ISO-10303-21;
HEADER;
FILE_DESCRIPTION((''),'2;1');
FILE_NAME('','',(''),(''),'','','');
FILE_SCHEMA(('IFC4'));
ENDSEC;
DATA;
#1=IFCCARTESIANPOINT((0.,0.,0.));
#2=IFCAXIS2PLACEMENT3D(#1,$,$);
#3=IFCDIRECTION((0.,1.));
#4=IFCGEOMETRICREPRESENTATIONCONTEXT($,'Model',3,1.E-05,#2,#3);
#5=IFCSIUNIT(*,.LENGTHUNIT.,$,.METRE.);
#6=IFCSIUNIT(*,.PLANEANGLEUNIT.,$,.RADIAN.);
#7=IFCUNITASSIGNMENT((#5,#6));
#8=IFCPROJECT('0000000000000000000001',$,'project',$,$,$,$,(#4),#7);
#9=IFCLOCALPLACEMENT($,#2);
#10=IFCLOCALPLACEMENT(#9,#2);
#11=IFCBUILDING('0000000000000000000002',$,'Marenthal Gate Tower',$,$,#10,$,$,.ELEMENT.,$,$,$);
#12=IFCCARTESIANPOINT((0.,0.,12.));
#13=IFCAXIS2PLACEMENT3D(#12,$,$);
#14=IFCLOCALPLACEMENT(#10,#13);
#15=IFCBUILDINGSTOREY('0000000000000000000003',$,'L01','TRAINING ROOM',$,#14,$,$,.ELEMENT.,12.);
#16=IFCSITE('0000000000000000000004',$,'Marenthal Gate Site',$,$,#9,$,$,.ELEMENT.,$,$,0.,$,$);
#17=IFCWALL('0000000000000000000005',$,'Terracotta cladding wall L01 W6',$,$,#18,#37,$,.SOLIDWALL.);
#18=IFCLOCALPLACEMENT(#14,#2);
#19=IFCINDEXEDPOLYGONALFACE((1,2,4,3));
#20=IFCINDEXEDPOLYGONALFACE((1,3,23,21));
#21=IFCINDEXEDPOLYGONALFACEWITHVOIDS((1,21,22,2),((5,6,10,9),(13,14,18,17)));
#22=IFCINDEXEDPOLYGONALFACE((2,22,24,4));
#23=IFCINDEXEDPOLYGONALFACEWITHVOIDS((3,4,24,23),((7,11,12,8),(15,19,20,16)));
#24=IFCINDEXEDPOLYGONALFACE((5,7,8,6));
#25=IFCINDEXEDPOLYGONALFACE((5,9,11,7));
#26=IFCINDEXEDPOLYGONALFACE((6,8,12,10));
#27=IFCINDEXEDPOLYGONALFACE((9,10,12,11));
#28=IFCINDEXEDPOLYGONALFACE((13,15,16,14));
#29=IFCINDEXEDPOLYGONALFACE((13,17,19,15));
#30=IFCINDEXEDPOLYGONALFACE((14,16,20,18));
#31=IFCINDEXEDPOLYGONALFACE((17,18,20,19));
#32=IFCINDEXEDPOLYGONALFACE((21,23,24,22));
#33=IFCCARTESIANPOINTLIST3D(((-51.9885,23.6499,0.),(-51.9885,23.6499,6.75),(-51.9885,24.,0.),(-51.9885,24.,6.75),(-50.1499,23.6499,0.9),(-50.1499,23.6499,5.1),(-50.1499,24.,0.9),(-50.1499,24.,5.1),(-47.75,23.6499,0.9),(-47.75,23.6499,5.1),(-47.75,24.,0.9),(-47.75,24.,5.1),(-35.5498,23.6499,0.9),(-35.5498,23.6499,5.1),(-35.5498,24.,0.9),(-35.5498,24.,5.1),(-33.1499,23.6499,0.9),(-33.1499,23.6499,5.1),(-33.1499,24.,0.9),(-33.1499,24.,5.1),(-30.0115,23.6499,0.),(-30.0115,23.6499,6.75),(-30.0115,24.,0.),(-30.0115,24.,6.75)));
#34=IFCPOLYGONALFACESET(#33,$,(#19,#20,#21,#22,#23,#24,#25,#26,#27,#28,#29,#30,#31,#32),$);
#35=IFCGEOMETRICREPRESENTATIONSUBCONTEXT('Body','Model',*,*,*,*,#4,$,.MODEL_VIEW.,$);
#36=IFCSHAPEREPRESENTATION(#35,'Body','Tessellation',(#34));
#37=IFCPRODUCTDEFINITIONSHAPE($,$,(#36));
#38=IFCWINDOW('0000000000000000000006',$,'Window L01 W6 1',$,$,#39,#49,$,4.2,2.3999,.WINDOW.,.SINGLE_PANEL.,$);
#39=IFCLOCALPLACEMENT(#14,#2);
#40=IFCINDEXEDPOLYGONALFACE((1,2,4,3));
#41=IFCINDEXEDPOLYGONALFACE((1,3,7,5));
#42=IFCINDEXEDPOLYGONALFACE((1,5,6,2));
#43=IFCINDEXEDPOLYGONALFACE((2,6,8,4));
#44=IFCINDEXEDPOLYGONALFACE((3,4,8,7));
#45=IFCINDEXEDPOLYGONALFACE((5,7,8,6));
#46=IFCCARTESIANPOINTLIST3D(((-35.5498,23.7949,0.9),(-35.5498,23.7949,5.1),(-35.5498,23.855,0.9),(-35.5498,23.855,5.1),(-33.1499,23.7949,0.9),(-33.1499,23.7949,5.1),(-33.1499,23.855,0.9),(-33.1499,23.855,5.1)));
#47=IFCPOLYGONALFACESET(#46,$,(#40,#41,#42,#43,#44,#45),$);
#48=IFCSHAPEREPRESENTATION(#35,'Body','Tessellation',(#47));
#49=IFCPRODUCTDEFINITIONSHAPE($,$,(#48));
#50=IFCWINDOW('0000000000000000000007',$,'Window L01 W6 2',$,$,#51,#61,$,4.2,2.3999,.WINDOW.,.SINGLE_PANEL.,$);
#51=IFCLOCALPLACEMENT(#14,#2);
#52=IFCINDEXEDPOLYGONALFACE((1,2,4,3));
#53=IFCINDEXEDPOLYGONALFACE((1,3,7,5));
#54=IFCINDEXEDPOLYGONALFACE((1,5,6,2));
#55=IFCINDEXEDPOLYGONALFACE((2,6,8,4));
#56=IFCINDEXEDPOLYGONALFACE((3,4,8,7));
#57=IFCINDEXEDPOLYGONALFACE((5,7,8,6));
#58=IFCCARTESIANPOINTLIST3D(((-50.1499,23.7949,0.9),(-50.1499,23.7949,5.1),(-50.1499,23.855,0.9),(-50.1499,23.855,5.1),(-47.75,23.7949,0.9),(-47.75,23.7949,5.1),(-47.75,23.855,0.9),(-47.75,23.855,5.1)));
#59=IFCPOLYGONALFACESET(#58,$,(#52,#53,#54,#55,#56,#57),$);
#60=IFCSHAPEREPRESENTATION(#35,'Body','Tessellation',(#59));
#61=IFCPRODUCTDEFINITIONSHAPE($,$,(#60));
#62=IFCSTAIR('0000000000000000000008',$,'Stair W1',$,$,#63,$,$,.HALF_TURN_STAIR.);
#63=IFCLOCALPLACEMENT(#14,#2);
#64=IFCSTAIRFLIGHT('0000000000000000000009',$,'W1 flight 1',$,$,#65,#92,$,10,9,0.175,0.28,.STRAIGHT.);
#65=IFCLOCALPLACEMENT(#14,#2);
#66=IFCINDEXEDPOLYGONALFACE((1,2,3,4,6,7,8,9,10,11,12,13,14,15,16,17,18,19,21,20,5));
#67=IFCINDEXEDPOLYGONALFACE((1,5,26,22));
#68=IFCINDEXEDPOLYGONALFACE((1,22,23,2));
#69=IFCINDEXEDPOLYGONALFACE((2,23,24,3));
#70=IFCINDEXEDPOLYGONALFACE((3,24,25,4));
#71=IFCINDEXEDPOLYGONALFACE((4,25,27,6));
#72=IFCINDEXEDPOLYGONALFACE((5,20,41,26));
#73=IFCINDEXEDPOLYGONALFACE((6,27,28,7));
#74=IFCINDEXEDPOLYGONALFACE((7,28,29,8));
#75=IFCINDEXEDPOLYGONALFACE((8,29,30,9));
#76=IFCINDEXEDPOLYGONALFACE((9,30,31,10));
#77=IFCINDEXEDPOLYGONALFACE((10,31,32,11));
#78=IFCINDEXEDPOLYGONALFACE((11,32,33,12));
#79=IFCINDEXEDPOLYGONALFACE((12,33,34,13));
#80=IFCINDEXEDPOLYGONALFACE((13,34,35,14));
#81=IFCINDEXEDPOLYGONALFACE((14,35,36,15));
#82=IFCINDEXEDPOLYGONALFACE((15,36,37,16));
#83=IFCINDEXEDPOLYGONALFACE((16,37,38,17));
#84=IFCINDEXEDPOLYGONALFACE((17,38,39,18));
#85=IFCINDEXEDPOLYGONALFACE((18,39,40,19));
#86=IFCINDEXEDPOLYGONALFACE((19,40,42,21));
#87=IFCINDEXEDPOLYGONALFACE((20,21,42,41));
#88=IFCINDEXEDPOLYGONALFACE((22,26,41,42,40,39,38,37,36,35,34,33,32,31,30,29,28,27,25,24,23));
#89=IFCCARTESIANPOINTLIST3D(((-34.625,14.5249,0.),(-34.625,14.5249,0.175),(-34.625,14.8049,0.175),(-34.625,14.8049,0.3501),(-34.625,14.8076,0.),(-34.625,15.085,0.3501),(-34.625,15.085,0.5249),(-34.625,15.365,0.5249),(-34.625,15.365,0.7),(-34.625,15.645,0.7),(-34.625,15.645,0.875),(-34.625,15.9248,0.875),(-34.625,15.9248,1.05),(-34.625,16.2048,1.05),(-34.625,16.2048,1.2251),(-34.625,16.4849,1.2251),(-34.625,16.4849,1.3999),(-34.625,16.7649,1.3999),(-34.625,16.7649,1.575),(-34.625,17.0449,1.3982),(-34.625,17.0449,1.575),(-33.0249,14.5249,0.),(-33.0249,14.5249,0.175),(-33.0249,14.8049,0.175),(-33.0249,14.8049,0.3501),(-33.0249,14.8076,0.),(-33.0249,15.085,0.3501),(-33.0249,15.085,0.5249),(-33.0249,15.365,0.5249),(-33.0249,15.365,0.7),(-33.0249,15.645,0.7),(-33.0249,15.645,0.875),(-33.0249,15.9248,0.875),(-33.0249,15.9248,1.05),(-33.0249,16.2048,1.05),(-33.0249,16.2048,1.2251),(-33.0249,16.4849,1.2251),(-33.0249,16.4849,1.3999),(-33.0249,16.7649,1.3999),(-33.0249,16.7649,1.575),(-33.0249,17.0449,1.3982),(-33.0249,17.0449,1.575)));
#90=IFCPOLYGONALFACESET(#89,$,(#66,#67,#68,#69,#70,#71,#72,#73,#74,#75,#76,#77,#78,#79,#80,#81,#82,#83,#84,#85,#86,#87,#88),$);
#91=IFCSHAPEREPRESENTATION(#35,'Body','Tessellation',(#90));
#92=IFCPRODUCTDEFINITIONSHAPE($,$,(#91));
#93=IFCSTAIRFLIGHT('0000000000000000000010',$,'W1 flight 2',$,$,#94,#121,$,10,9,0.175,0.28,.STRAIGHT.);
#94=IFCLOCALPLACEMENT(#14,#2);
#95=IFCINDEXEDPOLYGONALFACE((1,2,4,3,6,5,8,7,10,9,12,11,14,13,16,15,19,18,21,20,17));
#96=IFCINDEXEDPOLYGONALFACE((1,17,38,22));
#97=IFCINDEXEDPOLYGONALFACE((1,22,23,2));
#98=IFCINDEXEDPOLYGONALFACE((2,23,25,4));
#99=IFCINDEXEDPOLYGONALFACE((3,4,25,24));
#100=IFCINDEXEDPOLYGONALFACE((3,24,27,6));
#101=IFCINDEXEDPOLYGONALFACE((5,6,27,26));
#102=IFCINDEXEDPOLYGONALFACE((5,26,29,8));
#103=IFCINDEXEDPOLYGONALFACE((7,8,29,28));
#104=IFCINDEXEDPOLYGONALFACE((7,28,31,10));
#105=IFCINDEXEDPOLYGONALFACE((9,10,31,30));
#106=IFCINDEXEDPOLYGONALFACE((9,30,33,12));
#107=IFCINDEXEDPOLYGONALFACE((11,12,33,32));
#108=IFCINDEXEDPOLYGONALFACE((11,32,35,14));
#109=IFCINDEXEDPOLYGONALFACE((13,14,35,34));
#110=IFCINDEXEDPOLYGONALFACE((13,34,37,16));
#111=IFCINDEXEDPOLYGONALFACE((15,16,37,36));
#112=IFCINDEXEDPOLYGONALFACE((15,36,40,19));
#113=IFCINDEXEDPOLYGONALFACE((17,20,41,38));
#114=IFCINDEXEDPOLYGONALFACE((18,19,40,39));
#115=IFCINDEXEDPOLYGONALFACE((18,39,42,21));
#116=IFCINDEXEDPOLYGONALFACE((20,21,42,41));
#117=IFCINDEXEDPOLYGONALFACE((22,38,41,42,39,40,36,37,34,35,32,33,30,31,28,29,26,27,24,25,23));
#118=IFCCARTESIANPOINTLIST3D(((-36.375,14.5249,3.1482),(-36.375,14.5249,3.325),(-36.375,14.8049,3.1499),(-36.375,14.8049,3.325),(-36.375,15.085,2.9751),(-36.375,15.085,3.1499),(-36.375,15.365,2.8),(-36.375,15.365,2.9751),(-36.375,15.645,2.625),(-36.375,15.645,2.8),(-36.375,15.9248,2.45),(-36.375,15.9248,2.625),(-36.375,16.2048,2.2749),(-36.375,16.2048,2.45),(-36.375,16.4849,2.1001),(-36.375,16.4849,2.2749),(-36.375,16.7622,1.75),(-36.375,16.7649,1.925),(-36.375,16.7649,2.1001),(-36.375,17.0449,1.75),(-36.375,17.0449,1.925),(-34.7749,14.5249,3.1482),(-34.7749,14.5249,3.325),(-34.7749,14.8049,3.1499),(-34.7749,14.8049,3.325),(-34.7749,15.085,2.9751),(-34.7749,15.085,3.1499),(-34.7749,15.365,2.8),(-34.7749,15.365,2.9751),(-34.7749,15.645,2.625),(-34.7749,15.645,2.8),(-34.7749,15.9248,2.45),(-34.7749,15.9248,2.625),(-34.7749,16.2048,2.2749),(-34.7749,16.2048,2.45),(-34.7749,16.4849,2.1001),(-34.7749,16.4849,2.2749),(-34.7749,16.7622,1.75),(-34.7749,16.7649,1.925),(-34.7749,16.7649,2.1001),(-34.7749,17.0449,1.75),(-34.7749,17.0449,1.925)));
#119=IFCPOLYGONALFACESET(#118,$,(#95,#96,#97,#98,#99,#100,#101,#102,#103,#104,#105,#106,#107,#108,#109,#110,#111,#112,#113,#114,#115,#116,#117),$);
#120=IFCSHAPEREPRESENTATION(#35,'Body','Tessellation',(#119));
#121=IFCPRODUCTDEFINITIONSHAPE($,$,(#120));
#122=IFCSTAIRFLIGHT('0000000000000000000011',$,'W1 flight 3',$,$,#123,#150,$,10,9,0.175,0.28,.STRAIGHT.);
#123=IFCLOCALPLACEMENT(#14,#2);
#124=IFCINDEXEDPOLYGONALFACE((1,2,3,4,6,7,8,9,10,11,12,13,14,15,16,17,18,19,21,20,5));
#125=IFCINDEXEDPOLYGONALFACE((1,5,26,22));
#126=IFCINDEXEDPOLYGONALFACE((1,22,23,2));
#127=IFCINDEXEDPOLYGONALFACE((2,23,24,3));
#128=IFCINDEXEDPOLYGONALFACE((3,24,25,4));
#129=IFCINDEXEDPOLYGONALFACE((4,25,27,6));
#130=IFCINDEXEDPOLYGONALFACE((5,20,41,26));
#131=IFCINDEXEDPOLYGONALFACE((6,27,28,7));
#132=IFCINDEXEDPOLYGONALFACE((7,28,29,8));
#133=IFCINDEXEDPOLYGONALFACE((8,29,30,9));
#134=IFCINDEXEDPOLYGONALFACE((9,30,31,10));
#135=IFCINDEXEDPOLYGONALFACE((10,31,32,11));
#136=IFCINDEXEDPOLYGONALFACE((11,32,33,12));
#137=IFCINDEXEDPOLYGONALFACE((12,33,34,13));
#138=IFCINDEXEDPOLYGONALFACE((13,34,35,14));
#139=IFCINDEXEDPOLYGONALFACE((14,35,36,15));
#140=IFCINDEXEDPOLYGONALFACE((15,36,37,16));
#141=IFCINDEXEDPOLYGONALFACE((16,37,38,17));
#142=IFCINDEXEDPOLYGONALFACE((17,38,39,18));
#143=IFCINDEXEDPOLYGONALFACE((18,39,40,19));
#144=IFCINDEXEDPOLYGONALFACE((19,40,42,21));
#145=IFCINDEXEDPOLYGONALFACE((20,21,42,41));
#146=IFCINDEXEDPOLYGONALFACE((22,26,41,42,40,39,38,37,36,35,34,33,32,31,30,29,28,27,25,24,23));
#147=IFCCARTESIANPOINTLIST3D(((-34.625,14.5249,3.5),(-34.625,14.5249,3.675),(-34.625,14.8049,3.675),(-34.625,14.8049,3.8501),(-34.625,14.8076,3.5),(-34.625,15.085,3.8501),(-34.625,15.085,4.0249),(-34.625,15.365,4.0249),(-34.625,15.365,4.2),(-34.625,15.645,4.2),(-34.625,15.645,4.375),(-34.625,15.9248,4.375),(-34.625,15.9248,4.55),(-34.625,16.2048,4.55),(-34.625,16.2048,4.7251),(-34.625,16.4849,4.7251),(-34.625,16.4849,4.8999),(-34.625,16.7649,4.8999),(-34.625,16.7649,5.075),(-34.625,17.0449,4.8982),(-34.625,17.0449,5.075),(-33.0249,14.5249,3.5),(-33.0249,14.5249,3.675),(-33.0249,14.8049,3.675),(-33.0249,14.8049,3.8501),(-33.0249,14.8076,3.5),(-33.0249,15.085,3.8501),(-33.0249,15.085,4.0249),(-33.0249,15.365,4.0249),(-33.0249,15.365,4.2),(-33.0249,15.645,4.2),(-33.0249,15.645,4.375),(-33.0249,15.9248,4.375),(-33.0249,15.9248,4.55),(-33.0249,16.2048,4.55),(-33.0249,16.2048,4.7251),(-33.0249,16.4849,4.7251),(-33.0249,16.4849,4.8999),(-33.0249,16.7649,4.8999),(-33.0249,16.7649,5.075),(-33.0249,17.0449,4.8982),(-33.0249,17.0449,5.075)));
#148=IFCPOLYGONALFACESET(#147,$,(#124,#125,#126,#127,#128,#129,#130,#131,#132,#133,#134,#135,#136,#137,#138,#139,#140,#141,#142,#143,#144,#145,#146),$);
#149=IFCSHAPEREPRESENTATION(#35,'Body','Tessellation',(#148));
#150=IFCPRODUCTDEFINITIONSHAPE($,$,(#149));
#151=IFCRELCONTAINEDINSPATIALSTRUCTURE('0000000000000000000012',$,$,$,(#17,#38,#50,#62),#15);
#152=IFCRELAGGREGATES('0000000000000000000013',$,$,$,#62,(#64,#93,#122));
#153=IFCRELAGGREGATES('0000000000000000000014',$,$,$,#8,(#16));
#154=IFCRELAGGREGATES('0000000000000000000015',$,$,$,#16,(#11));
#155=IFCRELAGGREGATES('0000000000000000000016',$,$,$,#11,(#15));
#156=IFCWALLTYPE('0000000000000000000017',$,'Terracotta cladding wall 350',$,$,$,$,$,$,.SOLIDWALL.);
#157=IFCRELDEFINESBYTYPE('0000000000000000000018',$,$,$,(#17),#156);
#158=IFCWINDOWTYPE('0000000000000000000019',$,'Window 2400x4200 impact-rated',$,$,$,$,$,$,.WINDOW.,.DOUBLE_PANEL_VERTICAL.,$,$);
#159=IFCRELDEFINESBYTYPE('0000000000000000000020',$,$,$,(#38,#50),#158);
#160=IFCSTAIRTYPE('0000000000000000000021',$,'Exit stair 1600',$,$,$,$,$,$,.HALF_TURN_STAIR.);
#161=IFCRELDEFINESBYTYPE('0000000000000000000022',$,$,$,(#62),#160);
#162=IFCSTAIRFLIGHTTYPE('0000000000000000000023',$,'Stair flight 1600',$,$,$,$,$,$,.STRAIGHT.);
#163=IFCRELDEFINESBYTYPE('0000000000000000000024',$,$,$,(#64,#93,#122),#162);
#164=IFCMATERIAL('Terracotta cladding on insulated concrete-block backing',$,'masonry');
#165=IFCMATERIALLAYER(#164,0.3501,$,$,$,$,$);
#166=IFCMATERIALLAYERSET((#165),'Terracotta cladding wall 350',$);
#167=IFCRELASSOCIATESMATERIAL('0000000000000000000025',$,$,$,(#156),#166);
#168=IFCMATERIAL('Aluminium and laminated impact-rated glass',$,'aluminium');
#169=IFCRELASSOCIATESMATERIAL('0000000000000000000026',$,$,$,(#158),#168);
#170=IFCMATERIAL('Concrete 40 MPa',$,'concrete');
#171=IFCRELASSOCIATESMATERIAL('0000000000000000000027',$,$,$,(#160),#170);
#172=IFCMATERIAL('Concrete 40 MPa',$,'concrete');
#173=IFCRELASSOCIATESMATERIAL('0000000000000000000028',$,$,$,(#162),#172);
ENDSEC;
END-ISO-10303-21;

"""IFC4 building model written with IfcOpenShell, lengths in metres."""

from ifc_helpers import new_model, si_unit, direction, frame, frame_2d, origin, place, context, subcontext, project, spatial, polyline, rectangle, outline, extrude, material, layer, layer_set, type_object, element, fill, aggregate, save


model = new_model("IFC4")

# Units and contexts
model_context = context("Model", 3, precision=1e-05, world=origin(), true_north=direction((0.0, 1.0)))
body_context = subcontext(model_context, "Body", "Model", "MODEL_VIEW")
ifc_project = project(units=[si_unit("LENGTHUNIT", "METRE"), si_unit("PLANEANGLEUNIT", "RADIAN")], contexts=[model_context])

# Site, building, storey
site_placement = place(None, origin())
site = spatial("IfcSite", under=ifc_project, at=site_placement, Name="Marenthal Gate Site", CompositionType="ELEMENT", RefElevation=0.0)
building_placement = place(site_placement, origin())
building = spatial("IfcBuilding", under=site, at=building_placement, Name="Marenthal Gate Tower", CompositionType="ELEMENT")
storey_placement = place(building_placement, frame((0.0, 0.0, 12.0)))
storey = spatial("IfcBuildingStorey", under=building, at=storey_placement, Name="L01", Description="TRAINING ROOM", CompositionType="ELEMENT", Elevation=12.0)

# Wall, openings, windows
ifc_material_1 = material(Name="Terracotta cladding on insulated concrete-block backing", Category="masonry")
ifc_layer_1 = layer(ifc_material_1, 0.3501)
ifc_layer_set_1 = layer_set([ifc_layer_1], Name="Terracotta cladding wall 350")
wall_type_1 = type_object("IfcWallType", Name="Terracotta cladding wall 350", PredefinedType="SOLIDWALL", material=ifc_layer_set_1)
wall_1_placement = place(storey_placement, frame((-30.0115, 23.825, 0.0), z_axis=(0.0, 0.0, 1.0), x_axis=(-1.0, 0.0, 0.0)))
wall_1 = element("IfcWall", 1, at=wall_1_placement, inside=storey, type_object=wall_type_1, Name="Terracotta cladding wall L01 W6", PredefinedType="SOLIDWALL", context=body_context, shape_type="SweptSolid", body=[
    extrude(rectangle(XDim=21.9771, YDim=0.3501, at=frame_2d((10.9885, 0.0))), origin(), (0.0, 0.0, 1.0), 6.75),
])
opening_1_placement = place(wall_1_placement, frame((3.1384, 0.0, 0.8999)))
opening_1 = element("IfcOpeningElement", 2, at=opening_1_placement, cuts=wall_1, PredefinedType="OPENING", context=body_context, shape_type="SweptSolid", body=[
    extrude(rectangle(XDim=2.3999, YDim=4.2, at=frame_2d((1.2, 2.1001))), frame((0.0, 0.1851, 0.0), z_axis=(0.0, -1.0, 0.0), x_axis=(1.0, 0.0, 0.0)), (0.0, 0.0, 1.0), 0.3701),
])
opening_2_placement = place(wall_1_placement, frame((17.7385, 0.0, 0.8999)))
opening_2 = element("IfcOpeningElement", 3, at=opening_2_placement, cuts=wall_1, PredefinedType="OPENING", context=body_context, shape_type="SweptSolid", body=[
    extrude(rectangle(XDim=2.3999, YDim=4.2, at=frame_2d((1.2, 2.1001))), frame((0.0, 0.1851, 0.0), z_axis=(0.0, -1.0, 0.0), x_axis=(1.0, 0.0, 0.0)), (0.0, 0.0, 1.0), 0.3701),
])
ifc_material_2 = material(Name="Aluminium and laminated impact-rated glass", Category="aluminium")
window_type = type_object("IfcWindowType", Name="Window 2400x4200 impact-rated", PartitioningType="DOUBLE_PANEL_VERTICAL", PredefinedType="WINDOW", material=ifc_material_2)
window_1_placement = place(opening_1_placement, origin())
window_1 = element("IfcWindow", 4, at=window_1_placement, inside=storey, type_object=window_type, Name="Window L01 W6 1", OverallHeight=4.2, OverallWidth=2.3999, PartitioningType="SINGLE_PANEL", PredefinedType="WINDOW", context=body_context, shape_type="SweptSolid", body=[
    extrude(rectangle(XDim=2.3999, YDim=4.2, at=frame_2d((1.2, 2.1001))), frame((0.0, 0.03, 0.0), z_axis=(0.0, -1.0, 0.0), x_axis=(1.0, 0.0, 0.0)), (0.0, 0.0, 1.0), 0.0601),
])
fill(opening_1, window_1)
window_2_placement = place(opening_2_placement, origin())
window_2 = element("IfcWindow", 5, at=window_2_placement, inside=storey, type_object=window_type, Name="Window L01 W6 2", OverallHeight=4.2, OverallWidth=2.3999, PartitioningType="SINGLE_PANEL", PredefinedType="WINDOW", context=body_context, shape_type="SweptSolid", body=[
    extrude(rectangle(XDim=2.3999, YDim=4.2, at=frame_2d((1.2, 2.1001))), frame((0.0, 0.03, 0.0), z_axis=(0.0, -1.0, 0.0), x_axis=(1.0, 0.0, 0.0)), (0.0, 0.0, 1.0), 0.0601),
])
fill(opening_2, window_2)

# Stair, stair flights
ifc_material_3 = material(Name="Concrete 40 MPa", Category="concrete")
stair_type = type_object("IfcStairType", Name="Exit stair 1600", PredefinedType="HALF_TURN_STAIR", material=ifc_material_3)
stair_placement = place(storey_placement, origin())
stair = element("IfcStair", 6, at=stair_placement, inside=storey, type_object=stair_type, Name="Stair W1", PredefinedType="HALF_TURN_STAIR")
ifc_material_4 = material(Name="Concrete 40 MPa", Category="concrete")
stair_flight_type = type_object("IfcStairFlightType", Name="Stair flight 1600", PredefinedType="STRAIGHT", material=ifc_material_4)
stair_flight_1_placement = place(storey_placement, frame((-33.825, 14.5249, 0.0), z_axis=(0.0, 0.0, 1.0), x_axis=(0.0, 1.0, 0.0)))
stair_flight_1 = element("IfcStairFlight", 7, at=stair_flight_1_placement, type_object=stair_flight_type, Name="W1 flight 1", NumberOfRisers=10, NumberOfTreads=9, PredefinedType="STRAIGHT", RiserHeight=0.175, TreadLength=0.28, context=body_context, shape_type="SweptSolid", body=[
    extrude(outline(polyline([(0.0, 0.0), (0.0, 0.175), (0.28, 0.175), (0.28, 0.3501), (0.5601, 0.3501), (0.5601, 0.5249), (0.8401, 0.5249), (0.8401, 0.7), (1.1201, 0.7), (1.1201, 0.875), (1.3999, 0.875), (1.3999, 1.05), (1.6799, 1.05), (1.6799, 1.2251), (1.96, 1.2251), (1.96, 1.3999), (2.24, 1.3999), (2.24, 1.575), (2.52, 1.575), (2.52, 1.75), (2.52, 1.3982), (0.2827, 0.0), (0.0, 0.0)])), frame((0.0, 0.8, 0.0), z_axis=(0.0, -1.0, 0.0), x_axis=(1.0, 0.0, 0.0)), (0.0, 0.0, 1.0), 1.6001),
])
stair_flight_2_placement = place(storey_placement, frame((-35.575, 17.0449, 1.75), z_axis=(0.0, 0.0, 1.0), x_axis=(0.0, -1.0, 0.0)))
stair_flight_2 = element("IfcStairFlight", 8, at=stair_flight_2_placement, type_object=stair_flight_type, Name="W1 flight 2", NumberOfRisers=10, NumberOfTreads=9, PredefinedType="STRAIGHT", RiserHeight=0.175, TreadLength=0.28, context=body_context, shape_type="SweptSolid", body=[
    extrude(outline(polyline([(0.0, 0.0), (0.0, 0.175), (0.28, 0.175), (0.28, 0.3501), (0.5601, 0.3501), (0.5601, 0.5249), (0.8401, 0.5249), (0.8401, 0.7), (1.1201, 0.7), (1.1201, 0.875), (1.3999, 0.875), (1.3999, 1.05), (1.6799, 1.05), (1.6799, 1.2251), (1.96, 1.2251), (1.96, 1.3999), (2.24, 1.3999), (2.24, 1.575), (2.52, 1.575), (2.52, 1.75), (2.52, 1.3982), (0.2827, 0.0), (0.0, 0.0)])), frame((0.0, 0.8, 0.0), z_axis=(0.0, -1.0, 0.0), x_axis=(1.0, 0.0, 0.0)), (0.0, 0.0, 1.0), 1.6001),
])
stair_flight_3_placement = place(storey_placement, frame((-33.825, 14.5249, 3.5), z_axis=(0.0, 0.0, 1.0), x_axis=(0.0, 1.0, 0.0)))
stair_flight_3 = element("IfcStairFlight", 9, at=stair_flight_3_placement, type_object=stair_flight_type, Name="W1 flight 3", NumberOfRisers=10, NumberOfTreads=9, PredefinedType="STRAIGHT", RiserHeight=0.175, TreadLength=0.28, context=body_context, shape_type="SweptSolid", body=[
    extrude(outline(polyline([(0.0, 0.0), (0.0, 0.175), (0.28, 0.175), (0.28, 0.3501), (0.5601, 0.3501), (0.5601, 0.5249), (0.8401, 0.5249), (0.8401, 0.7), (1.1201, 0.7), (1.1201, 0.875), (1.3999, 0.875), (1.3999, 1.05), (1.6799, 1.05), (1.6799, 1.2251), (1.96, 1.2251), (1.96, 1.3999), (2.24, 1.3999), (2.24, 1.575), (2.52, 1.575), (2.52, 1.75), (2.52, 1.3982), (0.2827, 0.0), (0.0, 0.0)])), frame((0.0, 0.8, 0.0), z_axis=(0.0, -1.0, 0.0), x_axis=(1.0, 0.0, 0.0)), (0.0, 0.0, 1.0), 1.6001),
])
aggregate(stair, [stair_flight_1, stair_flight_2, stair_flight_3])

save(model, "model.ifc")
